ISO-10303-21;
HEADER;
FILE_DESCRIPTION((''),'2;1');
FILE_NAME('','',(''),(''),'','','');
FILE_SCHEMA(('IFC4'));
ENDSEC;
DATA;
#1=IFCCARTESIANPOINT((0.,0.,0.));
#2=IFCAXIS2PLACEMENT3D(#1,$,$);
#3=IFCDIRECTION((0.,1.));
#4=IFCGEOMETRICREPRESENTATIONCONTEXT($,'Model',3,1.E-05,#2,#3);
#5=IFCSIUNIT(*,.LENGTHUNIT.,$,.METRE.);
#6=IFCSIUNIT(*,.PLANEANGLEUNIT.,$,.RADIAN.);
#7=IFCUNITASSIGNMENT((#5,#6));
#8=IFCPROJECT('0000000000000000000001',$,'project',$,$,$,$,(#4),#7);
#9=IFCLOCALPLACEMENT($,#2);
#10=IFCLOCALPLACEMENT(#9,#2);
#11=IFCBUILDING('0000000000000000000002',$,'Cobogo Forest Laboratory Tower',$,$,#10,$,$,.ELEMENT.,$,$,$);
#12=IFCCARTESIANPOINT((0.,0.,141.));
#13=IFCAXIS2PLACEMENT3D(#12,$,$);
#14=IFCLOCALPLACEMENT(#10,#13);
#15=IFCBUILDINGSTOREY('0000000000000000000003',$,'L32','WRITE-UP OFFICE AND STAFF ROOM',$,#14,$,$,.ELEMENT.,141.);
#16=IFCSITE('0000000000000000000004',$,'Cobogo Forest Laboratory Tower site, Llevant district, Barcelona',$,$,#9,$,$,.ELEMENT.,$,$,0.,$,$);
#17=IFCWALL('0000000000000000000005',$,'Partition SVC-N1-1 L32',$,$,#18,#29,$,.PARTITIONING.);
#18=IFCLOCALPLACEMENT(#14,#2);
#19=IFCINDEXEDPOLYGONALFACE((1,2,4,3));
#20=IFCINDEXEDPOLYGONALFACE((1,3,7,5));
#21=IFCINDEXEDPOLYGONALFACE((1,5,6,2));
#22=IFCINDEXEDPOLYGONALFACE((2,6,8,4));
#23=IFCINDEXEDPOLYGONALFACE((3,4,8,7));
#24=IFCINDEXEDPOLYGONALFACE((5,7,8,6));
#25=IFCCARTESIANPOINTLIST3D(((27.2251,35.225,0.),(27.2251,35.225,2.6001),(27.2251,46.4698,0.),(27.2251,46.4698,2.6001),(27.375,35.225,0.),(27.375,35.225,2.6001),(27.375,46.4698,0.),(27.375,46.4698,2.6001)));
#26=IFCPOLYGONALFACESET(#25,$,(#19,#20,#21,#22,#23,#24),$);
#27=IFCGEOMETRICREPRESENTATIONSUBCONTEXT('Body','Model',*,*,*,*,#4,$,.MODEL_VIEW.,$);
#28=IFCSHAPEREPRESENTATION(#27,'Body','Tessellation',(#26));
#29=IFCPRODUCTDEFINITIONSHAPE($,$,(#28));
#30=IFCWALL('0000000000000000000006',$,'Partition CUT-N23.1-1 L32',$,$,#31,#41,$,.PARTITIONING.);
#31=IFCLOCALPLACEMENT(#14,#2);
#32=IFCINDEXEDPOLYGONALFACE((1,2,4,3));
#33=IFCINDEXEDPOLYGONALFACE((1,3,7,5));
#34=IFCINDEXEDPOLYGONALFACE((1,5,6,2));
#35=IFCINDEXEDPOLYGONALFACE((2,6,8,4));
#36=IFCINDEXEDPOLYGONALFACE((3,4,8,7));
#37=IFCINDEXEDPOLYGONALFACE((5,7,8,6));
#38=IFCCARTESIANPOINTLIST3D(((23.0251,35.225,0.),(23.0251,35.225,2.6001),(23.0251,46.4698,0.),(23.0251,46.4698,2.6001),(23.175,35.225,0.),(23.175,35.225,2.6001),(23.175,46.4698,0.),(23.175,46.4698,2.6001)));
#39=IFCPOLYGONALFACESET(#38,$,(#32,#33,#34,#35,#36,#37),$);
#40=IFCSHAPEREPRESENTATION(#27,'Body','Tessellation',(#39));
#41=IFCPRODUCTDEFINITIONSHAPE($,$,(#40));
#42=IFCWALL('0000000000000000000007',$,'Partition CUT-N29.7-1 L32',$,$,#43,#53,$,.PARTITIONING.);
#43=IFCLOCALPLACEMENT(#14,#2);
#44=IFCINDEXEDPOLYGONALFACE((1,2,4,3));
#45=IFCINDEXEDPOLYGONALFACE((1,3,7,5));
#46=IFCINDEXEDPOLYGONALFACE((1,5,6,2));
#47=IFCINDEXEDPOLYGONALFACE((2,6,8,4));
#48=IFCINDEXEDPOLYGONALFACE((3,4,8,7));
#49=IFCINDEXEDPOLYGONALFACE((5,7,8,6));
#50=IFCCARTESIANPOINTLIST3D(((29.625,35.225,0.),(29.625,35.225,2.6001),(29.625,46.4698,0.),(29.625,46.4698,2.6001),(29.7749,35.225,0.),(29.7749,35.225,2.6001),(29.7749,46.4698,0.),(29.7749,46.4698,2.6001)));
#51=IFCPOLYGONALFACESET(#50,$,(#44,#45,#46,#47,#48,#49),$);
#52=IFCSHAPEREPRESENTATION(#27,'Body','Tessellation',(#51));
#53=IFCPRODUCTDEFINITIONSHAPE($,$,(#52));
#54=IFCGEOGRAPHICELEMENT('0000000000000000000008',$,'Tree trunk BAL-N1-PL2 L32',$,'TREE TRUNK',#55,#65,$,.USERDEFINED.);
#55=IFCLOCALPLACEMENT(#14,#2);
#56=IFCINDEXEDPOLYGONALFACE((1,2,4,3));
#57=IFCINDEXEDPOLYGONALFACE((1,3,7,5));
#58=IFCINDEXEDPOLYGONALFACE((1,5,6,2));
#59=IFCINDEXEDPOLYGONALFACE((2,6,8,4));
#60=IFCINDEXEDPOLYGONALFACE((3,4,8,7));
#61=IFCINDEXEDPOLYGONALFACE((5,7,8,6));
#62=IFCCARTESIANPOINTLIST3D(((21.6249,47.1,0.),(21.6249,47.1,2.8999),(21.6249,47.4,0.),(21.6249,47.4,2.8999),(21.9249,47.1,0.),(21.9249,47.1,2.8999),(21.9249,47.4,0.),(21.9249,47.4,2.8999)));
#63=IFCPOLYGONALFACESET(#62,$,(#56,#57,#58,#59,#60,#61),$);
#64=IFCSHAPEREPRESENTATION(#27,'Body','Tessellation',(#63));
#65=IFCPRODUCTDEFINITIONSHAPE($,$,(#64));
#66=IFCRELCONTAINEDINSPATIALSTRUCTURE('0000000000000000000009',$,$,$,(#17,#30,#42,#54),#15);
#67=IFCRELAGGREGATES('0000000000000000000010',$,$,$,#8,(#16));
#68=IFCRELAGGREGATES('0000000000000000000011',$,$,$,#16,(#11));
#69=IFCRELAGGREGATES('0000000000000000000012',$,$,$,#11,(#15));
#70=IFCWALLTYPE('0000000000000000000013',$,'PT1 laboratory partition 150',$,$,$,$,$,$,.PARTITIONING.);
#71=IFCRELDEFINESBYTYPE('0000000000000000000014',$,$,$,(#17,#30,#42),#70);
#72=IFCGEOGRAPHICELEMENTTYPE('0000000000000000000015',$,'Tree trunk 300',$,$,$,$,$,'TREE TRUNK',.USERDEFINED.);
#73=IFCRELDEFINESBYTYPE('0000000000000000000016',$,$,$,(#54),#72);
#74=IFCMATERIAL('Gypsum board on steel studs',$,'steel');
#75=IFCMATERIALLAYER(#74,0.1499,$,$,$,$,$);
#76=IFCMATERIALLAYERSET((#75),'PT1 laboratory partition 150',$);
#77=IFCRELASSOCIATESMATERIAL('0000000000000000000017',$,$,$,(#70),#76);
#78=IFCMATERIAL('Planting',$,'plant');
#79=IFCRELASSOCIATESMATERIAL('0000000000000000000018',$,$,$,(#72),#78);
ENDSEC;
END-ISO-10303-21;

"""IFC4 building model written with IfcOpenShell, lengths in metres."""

from ifc_helpers import new_model, si_unit, direction, frame, frame_2d, origin, origin_2d, place, context, subcontext, project, spatial, rectangle, extrude, material, layer, layer_set, type_object, element, save


model = new_model("IFC4")

# Units and contexts
model_context = context("Model", 3, precision=1e-05, world=origin(), true_north=direction((0.0, 1.0)))
body_context = subcontext(model_context, "Body", "Model", "MODEL_VIEW")
ifc_project = project(units=[si_unit("LENGTHUNIT", "METRE"), si_unit("PLANEANGLEUNIT", "RADIAN")], contexts=[model_context])

# Site, building, storey
site_placement = place(None, origin())
site = spatial("IfcSite", under=ifc_project, at=site_placement, Name="Cobogo Forest Laboratory Tower site, Llevant district, Barcelona", CompositionType="ELEMENT", RefElevation=0.0)
building_placement = place(site_placement, origin())
building = spatial("IfcBuilding", under=site, at=building_placement, Name="Cobogo Forest Laboratory Tower", CompositionType="ELEMENT")
storey_placement = place(building_placement, frame((0.0, 0.0, 141.0)))
storey = spatial("IfcBuildingStorey", under=building, at=storey_placement, Name="L32", Description="WRITE-UP OFFICE AND STAFF ROOM", CompositionType="ELEMENT", Elevation=141.0)

# Walls
ifc_material_1 = material(Name="Gypsum board on steel studs", Category="steel")
ifc_layer_1 = layer(ifc_material_1, 0.1499)
ifc_layer_set_1 = layer_set([ifc_layer_1], Name="PT1 laboratory partition 150")
wall_type = type_object("IfcWallType", Name="PT1 laboratory partition 150", PredefinedType="PARTITIONING", material=ifc_layer_set_1)
for number, where, z_axis, x_axis, name in (
    (1, (27.3, 46.47, 0.0), (0.0, 0.0, 1.0), (0.0, -1.0, 0.0), "Partition SVC-N1-1 L32"),
    (2, (23.1001, 46.47, 0.0), (0.0, 0.0, 1.0), (0.0, -1.0, 0.0), "Partition CUT-N23.1-1 L32"),
    (3, (29.7, 46.47, 0.0), (0.0, 0.0, 1.0), (0.0, -1.0, 0.0), "Partition CUT-N29.7-1 L32"),
):
    element("IfcWall", number, at=place(storey_placement, frame(where, z_axis=z_axis, x_axis=x_axis)), inside=storey, type_object=wall_type, Name=name, PredefinedType="PARTITIONING", context=body_context, shape_type="SweptSolid", body=[
        extrude(rectangle(XDim=11.2449, YDim=0.1499, at=frame_2d((5.6226, 0.0))), origin(), (0.0, 0.0, 1.0), 2.6001),
    ])

# Geographic element
ifc_material_2 = material(Name="Planting", Category="plant")
geographic_element_type = type_object("IfcGeographicElementType", Name="Tree trunk 300", ElementType="TREE TRUNK", PredefinedType="USERDEFINED", material=ifc_material_2)
geographic_element_placement = place(storey_placement, frame((21.7749, 47.25, 0.0), z_axis=(0.0, 0.0, 1.0), x_axis=(1.0, 0.0, 0.0)))
element("IfcGeographicElement", 4, at=geographic_element_placement, inside=storey, type_object=geographic_element_type, Name="Tree trunk BAL-N1-PL2 L32", ObjectType="TREE TRUNK", PredefinedType="USERDEFINED", context=body_context, shape_type="SweptSolid", body=[
    extrude(rectangle(XDim=0.3, YDim=0.3, at=origin_2d()), origin(), (0.0, 0.0, 1.0), 2.8999),
])

save(model, "model.ifc")
